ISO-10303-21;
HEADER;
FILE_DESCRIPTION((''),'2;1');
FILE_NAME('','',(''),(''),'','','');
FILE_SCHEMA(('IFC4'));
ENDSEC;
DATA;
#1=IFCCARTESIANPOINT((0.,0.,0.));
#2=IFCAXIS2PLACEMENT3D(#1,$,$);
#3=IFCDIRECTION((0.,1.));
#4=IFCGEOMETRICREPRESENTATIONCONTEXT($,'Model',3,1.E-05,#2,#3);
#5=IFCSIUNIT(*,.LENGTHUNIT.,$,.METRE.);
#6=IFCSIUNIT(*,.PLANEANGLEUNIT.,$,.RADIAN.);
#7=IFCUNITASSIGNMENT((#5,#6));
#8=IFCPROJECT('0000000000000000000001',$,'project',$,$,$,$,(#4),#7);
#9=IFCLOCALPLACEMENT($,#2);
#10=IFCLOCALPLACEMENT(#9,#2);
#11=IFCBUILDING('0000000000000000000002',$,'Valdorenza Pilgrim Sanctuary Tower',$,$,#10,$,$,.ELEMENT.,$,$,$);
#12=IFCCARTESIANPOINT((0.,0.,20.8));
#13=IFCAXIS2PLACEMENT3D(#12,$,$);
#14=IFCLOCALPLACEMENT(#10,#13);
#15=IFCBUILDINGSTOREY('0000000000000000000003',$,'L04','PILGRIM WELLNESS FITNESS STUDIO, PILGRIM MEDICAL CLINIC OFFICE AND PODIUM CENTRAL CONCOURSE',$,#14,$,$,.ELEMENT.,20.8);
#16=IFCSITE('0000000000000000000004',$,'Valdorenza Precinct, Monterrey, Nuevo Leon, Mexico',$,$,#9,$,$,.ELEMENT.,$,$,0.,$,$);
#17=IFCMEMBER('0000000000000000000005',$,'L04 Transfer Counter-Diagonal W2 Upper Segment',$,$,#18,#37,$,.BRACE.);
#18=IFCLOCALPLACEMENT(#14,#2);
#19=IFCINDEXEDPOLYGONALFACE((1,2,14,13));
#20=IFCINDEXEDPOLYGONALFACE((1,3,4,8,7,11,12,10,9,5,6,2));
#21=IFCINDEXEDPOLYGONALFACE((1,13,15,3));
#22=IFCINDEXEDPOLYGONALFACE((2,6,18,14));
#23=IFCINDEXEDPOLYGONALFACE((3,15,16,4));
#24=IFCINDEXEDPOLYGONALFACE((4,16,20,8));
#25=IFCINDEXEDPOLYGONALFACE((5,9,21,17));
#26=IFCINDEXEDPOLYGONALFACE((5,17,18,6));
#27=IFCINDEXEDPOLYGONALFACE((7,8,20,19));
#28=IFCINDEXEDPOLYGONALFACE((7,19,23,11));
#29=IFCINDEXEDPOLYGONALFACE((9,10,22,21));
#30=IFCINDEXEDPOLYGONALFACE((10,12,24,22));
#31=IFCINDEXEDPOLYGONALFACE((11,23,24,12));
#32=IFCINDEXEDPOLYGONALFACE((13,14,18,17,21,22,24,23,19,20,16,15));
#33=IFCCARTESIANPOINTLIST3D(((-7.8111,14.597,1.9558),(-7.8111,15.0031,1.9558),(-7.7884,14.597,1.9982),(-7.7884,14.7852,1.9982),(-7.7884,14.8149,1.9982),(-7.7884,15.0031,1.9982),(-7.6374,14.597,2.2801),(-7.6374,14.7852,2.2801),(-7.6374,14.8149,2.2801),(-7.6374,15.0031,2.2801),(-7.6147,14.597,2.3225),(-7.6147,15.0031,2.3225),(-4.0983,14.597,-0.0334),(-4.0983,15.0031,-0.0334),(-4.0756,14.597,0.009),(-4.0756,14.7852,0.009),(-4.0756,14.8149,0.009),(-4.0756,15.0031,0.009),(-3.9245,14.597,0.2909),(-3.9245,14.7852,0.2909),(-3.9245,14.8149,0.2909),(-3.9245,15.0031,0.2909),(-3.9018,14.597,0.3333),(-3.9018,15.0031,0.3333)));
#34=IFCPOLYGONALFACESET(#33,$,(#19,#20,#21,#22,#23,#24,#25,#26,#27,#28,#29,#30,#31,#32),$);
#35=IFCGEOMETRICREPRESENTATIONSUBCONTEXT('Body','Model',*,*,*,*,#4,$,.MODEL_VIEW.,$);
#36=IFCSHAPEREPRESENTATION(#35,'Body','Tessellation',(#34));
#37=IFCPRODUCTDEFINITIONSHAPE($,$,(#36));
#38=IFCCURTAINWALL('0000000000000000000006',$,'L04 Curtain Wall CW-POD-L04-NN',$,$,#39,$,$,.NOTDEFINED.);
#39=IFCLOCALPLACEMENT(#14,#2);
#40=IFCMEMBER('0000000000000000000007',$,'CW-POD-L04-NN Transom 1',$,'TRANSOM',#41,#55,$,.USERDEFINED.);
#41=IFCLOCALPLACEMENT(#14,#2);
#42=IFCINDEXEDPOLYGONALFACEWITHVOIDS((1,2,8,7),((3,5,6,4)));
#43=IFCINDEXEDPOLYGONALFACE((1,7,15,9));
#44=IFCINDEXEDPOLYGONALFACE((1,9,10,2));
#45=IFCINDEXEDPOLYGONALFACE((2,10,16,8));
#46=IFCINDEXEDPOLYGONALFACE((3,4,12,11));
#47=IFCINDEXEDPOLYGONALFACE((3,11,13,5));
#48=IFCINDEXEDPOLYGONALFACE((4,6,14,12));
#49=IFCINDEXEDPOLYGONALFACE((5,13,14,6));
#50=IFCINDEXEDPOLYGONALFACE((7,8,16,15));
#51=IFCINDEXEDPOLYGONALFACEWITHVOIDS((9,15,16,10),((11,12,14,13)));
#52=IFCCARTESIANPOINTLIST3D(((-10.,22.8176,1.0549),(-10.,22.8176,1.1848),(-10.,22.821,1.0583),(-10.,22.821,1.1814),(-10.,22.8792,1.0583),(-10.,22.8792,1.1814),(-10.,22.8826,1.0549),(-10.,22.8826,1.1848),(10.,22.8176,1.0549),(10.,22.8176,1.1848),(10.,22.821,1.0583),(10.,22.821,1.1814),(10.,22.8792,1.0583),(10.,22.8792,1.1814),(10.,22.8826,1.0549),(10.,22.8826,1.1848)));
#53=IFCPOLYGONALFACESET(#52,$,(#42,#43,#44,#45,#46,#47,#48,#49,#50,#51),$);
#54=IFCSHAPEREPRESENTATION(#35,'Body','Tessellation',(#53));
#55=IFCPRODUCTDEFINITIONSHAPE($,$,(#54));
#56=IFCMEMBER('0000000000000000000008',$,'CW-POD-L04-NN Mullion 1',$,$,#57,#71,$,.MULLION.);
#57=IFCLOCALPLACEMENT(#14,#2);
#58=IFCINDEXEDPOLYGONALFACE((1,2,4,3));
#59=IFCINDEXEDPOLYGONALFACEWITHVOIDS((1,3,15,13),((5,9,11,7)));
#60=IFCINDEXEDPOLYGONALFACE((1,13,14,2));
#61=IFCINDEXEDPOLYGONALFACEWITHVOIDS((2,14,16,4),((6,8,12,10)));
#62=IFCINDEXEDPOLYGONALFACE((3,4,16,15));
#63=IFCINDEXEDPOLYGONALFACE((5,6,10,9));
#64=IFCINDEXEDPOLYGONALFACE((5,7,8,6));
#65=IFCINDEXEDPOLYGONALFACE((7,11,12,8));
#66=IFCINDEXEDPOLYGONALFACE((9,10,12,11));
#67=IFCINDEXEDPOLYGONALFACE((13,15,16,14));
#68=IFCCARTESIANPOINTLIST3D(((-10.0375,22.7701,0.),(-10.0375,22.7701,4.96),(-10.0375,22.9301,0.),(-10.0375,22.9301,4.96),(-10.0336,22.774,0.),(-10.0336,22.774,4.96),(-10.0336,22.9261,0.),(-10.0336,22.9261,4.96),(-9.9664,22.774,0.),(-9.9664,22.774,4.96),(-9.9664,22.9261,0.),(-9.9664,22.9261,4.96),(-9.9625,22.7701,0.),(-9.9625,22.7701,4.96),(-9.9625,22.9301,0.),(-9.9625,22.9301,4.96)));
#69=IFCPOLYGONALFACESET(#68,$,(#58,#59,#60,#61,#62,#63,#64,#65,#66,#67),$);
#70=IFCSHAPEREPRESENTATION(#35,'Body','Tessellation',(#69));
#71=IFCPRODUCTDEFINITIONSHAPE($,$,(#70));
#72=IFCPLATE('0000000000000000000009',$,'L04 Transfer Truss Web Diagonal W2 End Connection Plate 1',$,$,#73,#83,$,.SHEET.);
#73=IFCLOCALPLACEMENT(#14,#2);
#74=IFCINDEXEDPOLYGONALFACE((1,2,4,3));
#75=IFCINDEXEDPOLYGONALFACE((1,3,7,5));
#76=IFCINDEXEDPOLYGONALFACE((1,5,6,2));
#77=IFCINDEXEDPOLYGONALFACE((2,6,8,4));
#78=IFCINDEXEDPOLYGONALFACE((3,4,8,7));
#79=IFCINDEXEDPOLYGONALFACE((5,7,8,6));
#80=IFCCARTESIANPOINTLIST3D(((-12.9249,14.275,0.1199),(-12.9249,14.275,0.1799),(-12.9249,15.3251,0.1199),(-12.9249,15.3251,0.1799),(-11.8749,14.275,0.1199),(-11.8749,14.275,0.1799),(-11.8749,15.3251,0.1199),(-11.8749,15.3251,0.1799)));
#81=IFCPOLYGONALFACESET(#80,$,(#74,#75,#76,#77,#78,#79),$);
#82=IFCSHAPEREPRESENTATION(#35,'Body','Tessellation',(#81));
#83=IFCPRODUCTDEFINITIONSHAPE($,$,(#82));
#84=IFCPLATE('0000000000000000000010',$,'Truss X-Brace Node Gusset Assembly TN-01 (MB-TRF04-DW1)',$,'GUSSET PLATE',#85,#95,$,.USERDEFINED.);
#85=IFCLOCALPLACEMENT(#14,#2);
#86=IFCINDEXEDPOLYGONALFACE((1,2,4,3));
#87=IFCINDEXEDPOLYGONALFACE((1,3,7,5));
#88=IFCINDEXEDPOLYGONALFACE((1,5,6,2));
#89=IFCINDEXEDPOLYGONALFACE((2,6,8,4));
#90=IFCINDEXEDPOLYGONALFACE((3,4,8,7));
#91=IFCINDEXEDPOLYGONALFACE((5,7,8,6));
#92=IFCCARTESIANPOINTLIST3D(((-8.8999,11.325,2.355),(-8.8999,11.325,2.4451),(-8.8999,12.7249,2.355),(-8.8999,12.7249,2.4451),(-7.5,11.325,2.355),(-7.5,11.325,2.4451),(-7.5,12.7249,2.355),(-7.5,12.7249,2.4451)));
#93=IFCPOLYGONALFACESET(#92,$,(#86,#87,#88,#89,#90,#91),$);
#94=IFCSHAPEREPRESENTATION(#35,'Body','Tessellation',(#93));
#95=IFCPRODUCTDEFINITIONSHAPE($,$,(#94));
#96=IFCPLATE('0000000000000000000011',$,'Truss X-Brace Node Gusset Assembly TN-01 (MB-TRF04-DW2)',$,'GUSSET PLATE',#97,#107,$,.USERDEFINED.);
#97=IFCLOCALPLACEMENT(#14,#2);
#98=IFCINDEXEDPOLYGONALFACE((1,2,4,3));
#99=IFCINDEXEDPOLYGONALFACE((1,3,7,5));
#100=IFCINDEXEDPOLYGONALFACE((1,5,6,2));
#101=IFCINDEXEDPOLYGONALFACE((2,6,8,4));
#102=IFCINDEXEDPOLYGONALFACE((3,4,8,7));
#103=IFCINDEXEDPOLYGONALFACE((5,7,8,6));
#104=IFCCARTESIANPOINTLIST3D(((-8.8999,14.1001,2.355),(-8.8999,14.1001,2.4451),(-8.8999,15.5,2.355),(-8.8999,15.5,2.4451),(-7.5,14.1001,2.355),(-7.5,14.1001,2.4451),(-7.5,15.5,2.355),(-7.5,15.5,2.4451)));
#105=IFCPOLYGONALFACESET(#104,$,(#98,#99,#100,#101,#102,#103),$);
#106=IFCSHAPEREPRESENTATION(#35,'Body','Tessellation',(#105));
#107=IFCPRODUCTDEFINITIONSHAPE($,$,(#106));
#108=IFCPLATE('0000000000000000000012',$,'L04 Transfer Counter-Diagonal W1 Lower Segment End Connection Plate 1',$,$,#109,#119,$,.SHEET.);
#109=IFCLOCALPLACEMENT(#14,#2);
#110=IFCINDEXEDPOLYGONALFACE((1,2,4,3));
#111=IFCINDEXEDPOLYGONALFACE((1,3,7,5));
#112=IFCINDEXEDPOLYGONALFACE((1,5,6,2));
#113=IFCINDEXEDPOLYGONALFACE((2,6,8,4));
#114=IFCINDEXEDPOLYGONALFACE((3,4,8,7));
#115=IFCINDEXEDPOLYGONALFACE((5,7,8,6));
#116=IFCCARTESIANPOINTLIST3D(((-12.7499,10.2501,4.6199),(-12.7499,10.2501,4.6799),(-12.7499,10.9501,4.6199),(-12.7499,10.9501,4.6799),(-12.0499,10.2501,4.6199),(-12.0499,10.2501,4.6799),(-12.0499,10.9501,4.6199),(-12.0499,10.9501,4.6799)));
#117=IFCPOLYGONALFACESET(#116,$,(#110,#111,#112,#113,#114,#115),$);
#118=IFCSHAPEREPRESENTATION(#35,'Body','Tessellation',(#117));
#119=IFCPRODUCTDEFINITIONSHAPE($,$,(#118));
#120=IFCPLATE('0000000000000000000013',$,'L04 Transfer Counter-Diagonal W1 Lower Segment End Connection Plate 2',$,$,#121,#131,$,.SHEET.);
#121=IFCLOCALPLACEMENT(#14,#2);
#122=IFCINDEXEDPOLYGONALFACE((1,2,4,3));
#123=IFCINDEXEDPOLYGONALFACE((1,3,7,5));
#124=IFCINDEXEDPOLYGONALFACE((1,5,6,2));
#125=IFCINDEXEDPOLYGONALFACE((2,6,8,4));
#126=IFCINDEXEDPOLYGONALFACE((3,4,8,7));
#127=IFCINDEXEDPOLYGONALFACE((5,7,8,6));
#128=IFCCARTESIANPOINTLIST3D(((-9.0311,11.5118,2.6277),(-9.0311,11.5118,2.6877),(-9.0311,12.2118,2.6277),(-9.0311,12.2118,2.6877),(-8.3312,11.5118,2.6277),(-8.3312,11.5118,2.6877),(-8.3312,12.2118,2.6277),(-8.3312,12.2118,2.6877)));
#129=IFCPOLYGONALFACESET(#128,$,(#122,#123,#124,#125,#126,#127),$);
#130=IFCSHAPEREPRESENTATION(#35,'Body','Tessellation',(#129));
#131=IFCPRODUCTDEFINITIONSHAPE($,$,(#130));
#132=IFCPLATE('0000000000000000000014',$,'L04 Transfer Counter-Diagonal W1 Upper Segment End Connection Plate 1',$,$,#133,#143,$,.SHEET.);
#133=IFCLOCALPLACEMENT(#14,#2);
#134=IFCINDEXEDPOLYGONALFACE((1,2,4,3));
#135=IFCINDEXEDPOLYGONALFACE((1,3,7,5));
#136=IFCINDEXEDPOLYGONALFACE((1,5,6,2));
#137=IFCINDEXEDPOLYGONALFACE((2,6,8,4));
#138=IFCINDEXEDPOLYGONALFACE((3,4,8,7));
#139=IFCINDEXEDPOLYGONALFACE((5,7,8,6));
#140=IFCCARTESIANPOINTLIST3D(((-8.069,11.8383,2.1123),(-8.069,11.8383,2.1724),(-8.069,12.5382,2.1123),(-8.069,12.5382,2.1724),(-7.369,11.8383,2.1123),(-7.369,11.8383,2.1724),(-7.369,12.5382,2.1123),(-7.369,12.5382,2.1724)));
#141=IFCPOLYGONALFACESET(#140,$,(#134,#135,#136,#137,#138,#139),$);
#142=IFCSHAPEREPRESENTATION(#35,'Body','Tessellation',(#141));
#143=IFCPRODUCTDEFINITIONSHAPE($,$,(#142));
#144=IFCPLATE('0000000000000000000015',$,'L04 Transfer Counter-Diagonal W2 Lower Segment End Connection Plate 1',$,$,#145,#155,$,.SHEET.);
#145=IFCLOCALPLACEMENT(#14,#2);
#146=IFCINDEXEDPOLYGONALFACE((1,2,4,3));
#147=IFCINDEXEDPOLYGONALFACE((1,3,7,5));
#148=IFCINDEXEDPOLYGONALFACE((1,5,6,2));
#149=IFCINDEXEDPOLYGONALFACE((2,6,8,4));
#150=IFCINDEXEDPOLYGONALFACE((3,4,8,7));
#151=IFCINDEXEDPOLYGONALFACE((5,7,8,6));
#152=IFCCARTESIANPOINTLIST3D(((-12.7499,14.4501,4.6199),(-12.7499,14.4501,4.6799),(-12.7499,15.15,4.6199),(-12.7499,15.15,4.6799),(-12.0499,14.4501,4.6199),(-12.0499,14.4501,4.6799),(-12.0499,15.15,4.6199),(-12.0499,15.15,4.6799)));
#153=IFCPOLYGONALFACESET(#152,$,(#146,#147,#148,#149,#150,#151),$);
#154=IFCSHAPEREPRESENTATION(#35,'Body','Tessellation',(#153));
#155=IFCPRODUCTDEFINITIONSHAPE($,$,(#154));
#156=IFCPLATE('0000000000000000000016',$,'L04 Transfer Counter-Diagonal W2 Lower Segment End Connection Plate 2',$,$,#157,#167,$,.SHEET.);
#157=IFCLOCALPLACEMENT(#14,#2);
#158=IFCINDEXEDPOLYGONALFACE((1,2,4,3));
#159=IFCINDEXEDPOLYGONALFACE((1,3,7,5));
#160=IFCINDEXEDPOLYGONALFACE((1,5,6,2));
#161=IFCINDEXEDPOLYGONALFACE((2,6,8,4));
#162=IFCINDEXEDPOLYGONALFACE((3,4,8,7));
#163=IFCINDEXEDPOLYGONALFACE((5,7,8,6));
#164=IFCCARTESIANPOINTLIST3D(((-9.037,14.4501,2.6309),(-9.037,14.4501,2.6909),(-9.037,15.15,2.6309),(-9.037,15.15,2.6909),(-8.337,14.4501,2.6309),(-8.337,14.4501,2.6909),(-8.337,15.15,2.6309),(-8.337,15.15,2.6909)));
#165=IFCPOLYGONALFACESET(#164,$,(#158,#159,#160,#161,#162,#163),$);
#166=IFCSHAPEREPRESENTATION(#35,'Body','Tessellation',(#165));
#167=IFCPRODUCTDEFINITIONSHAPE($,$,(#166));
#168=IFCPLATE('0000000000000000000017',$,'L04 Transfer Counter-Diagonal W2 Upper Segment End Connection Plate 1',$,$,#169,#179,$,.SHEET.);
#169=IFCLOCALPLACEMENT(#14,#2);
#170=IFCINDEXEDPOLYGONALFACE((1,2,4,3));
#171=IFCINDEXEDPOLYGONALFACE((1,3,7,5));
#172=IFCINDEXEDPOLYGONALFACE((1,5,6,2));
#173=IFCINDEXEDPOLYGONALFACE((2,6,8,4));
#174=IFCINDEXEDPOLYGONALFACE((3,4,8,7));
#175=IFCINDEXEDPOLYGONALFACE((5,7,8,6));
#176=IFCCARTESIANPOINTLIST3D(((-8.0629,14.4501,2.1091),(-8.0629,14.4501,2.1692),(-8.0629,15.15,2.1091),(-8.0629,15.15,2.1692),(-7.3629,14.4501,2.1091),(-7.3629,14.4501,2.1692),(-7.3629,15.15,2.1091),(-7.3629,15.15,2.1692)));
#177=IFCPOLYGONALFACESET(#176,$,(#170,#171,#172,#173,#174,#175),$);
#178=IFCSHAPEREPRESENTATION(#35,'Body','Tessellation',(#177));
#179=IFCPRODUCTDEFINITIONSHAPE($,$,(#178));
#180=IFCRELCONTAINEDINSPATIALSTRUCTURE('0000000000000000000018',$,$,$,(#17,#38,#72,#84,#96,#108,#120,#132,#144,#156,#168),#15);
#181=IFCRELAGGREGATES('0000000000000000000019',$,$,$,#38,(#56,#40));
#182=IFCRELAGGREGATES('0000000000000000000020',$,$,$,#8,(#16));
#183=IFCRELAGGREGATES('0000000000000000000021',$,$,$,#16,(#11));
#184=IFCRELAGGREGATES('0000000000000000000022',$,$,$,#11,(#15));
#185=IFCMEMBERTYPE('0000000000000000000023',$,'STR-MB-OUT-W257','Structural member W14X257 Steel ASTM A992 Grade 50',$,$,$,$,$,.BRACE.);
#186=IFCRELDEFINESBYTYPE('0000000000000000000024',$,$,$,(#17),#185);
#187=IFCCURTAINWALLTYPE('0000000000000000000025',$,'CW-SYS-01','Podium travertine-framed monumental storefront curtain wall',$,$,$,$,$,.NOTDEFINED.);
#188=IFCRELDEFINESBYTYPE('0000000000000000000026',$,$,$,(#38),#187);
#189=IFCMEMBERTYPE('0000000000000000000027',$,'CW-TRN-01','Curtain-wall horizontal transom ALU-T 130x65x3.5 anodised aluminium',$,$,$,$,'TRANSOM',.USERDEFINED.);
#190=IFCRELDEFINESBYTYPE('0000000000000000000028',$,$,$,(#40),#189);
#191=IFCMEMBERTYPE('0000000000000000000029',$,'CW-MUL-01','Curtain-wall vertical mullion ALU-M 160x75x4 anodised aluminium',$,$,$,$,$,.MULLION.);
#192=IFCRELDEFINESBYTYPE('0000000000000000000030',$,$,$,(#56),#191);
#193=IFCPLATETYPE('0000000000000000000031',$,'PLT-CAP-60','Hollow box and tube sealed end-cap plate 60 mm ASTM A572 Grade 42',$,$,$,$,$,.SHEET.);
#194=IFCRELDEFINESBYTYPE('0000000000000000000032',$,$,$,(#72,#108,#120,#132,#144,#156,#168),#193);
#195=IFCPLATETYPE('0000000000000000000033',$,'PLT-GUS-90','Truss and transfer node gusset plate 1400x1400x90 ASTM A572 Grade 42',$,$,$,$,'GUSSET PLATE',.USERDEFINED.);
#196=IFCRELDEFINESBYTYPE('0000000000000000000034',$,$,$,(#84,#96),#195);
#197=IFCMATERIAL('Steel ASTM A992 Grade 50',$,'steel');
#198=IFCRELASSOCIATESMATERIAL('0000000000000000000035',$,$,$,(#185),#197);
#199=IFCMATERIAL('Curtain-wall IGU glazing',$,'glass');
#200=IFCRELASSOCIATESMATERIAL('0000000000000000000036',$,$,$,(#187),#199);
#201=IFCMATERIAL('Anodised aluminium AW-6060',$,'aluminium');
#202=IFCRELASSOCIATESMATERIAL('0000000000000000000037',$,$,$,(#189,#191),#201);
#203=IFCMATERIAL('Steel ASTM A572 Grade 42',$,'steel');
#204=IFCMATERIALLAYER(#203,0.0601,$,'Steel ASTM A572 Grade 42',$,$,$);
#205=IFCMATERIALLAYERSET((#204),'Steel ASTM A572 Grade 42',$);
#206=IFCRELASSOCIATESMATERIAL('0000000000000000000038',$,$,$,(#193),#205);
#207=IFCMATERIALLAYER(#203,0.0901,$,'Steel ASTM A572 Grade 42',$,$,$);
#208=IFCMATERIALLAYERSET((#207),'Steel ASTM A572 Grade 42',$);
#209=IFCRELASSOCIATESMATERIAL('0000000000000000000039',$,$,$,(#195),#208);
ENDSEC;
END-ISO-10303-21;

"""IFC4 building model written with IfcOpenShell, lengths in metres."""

from ifc_helpers import new_model, si_unit, direction, frame, origin, origin_2d, place, context, subcontext, project, spatial, rectangle, hollow_rectangle, i_section, extrude, source, transform, mapped, material, layer, layer_set, material_profile, profile_set, type_object, element, aggregate, save


model = new_model("IFC4")

# Units and contexts
model_context = context("Model", 3, precision=1e-05, world=origin(), true_north=direction((0.0, 1.0)))
body_context = subcontext(model_context, "Body", "Model", "MODEL_VIEW")
ifc_project = project(units=[si_unit("LENGTHUNIT", "METRE"), si_unit("PLANEANGLEUNIT", "RADIAN")], contexts=[model_context])

# Site, building, storey
site_placement = place(None, origin())
site = spatial("IfcSite", under=ifc_project, at=site_placement, Name="Valdorenza Precinct, Monterrey, Nuevo Leon, Mexico", CompositionType="ELEMENT", RefElevation=0.0)
building_placement = place(site_placement, origin())
building = spatial("IfcBuilding", under=site, at=building_placement, Name="Valdorenza Pilgrim Sanctuary Tower", CompositionType="ELEMENT")
storey_placement = place(building_placement, frame((0.0, 0.0, 20.8)))
storey = spatial("IfcBuildingStorey", under=building, at=storey_placement, Name="L04", Description="PILGRIM WELLNESS FITNESS STUDIO, PILGRIM MEDICAL CLINIC OFFICE AND PODIUM CENTRAL CONCOURSE", CompositionType="ELEMENT", Elevation=20.8)

# Shared definitions
ifc_material_1 = material(Name="Steel ASTM A992 Grade 50", Category="steel")
ifc_material_2 = material(Name="Steel ASTM A572 Grade 42", Category="steel")

# Member
ifc_material_profile_1 = material_profile(ifc_material_1, i_section(OverallWidth=0.406, OverallDepth=0.416, WebThickness=0.0298, FlangeThickness=0.0481, at=origin_2d()), Name="W14X257")
ifc_profile_set_1 = profile_set([ifc_material_profile_1], Name="Steel ASTM A992 Grade 50")
member_type_1 = type_object("IfcMemberType", Name="STR-MB-OUT-W257", Description="Structural member W14X257 Steel ASTM A992 Grade 50", PredefinedType="BRACE", material=ifc_profile_set_1)
shared_shape_1 = source(origin(), body_context, "Body", "SweptSolid", [
    extrude(i_section(OverallWidth=0.406, OverallDepth=0.416, WebThickness=0.0298, FlangeThickness=0.0481, at=origin_2d()), origin(), (0.0, 0.0, 1.0), 4.2122),
])
for number, where, z_axis, x_axis, name in (
    (1, (-7.7129, 14.8, 2.1392), (0.881459, 0.0, -0.47226), (0.0, 1.0, 0.0), "L04 Transfer Counter-Diagonal W2 Upper Segment"),
):
    element("IfcMember", number, at=place(storey_placement, frame(where, z_axis=z_axis, x_axis=x_axis)), inside=storey, type_object=member_type_1, Name=name, PredefinedType="BRACE", context=body_context, shape_type="MappedRepresentation", body=[
        mapped(shared_shape_1, transform((0.0, 0.0, 0.0), x_axis=(1.0, 0.0, 0.0), y_axis=(0.0, 1.0, 0.0), z_axis=(0.0, 0.0, 1.0), scale=1.0)),
    ])

# Curtain wall, members
ifc_material_3 = material(Name="Curtain-wall IGU glazing", Category="glass")
curtain_wall_type = type_object("IfcCurtainWallType", Name="CW-SYS-01", Description="Podium travertine-framed monumental storefront curtain wall", PredefinedType="NOTDEFINED", material=ifc_material_3)
curtain_wall_placement = place(storey_placement, origin())
curtain_wall = element("IfcCurtainWall", 2, at=curtain_wall_placement, inside=storey, type_object=curtain_wall_type, Name="L04 Curtain Wall CW-POD-L04-NN", PredefinedType="NOTDEFINED")
ifc_material_4 = material(Name="Anodised aluminium AW-6060", Category="aluminium")
ifc_material_profile_2 = material_profile(ifc_material_4, hollow_rectangle(XDim=0.0649, YDim=0.1299, WallThickness=0.0034, at=origin_2d()), Name="ALU-T 130x65x3.5")
ifc_profile_set_2 = profile_set([ifc_material_profile_2], Name="Anodised aluminium AW-6060")
member_type_2 = type_object("IfcMemberType", Name="CW-TRN-01", Description="Curtain-wall horizontal transom ALU-T 130x65x3.5 anodised aluminium", ElementType="TRANSOM", PredefinedType="USERDEFINED", material=ifc_profile_set_2)
shared_shape_2 = source(origin(), body_context, "Body", "SweptSolid", [
    extrude(hollow_rectangle(XDim=0.0649, YDim=0.1299, WallThickness=0.0034, at=origin_2d()), origin(), (0.0, 0.0, 1.0), 20.0),
])
member_1_placement = place(storey_placement, frame((-10.0, 22.8501, 1.1199), z_axis=(1.0, 0.0, 0.0), x_axis=(0.0, 1.0, 0.0)))
member_1 = element("IfcMember", 3, at=member_1_placement, type_object=member_type_2, Name="CW-POD-L04-NN Transom 1", ObjectType="TRANSOM", PredefinedType="USERDEFINED", context=body_context, shape_type="MappedRepresentation", body=[
    mapped(shared_shape_2, transform((0.0, 0.0, 0.0), x_axis=(1.0, 0.0, 0.0), y_axis=(0.0, 1.0, 0.0), z_axis=(0.0, 0.0, 1.0), scale=1.0)),
])
ifc_material_profile_3 = material_profile(ifc_material_4, hollow_rectangle(XDim=0.075, YDim=0.1599, WallThickness=0.0039, at=origin_2d()), Name="ALU-M 160x75x4")
ifc_profile_set_3 = profile_set([ifc_material_profile_3], Name="Anodised aluminium AW-6060")
member_type_3 = type_object("IfcMemberType", Name="CW-MUL-01", Description="Curtain-wall vertical mullion ALU-M 160x75x4 anodised aluminium", PredefinedType="MULLION", material=ifc_profile_set_3)
shared_shape_3 = source(origin(), body_context, "Body", "SweptSolid", [
    extrude(hollow_rectangle(XDim=0.075, YDim=0.1599, WallThickness=0.0039, at=origin_2d()), origin(), (0.0, 0.0, 1.0), 4.96),
])
member_2_placement = place(storey_placement, frame((-10.0, 22.8501, 0.0), z_axis=(0.0, 0.0, 1.0), x_axis=(1.0, 0.0, 0.0)))
member_2 = element("IfcMember", 4, at=member_2_placement, type_object=member_type_3, Name="CW-POD-L04-NN Mullion 1", PredefinedType="MULLION", context=body_context, shape_type="MappedRepresentation", body=[
    mapped(shared_shape_3, transform((0.0, 0.0, 0.0), x_axis=(1.0, 0.0, 0.0), y_axis=(0.0, 1.0, 0.0), z_axis=(0.0, 0.0, 1.0), scale=1.0)),
])

# Plates
ifc_layer_1 = layer(ifc_material_2, 0.0601, Name="Steel ASTM A572 Grade 42")
ifc_layer_set_1 = layer_set([ifc_layer_1], Name="Steel ASTM A572 Grade 42")
plate_type_1 = type_object("IfcPlateType", Name="PLT-CAP-60", Description="Hollow box and tube sealed end-cap plate 60 mm ASTM A572 Grade 42", PredefinedType="SHEET", material=ifc_layer_set_1)
shared_shape_4 = source(origin(), body_context, "Body", "SweptSolid", [
    extrude(rectangle(XDim=1.05, YDim=1.05, at=origin_2d()), origin(), (0.0, 0.0, 1.0), 0.0601),
])
plate_1_placement = place(storey_placement, frame((-12.3999, 14.8, 0.1199), z_axis=(0.0, 0.0, 1.0), x_axis=(1.0, 0.0, 0.0)))
element("IfcPlate", 5, at=plate_1_placement, inside=storey, type_object=plate_type_1, Name="L04 Transfer Truss Web Diagonal W2 End Connection Plate 1", PredefinedType="SHEET", context=body_context, shape_type="MappedRepresentation", body=[
    mapped(shared_shape_4, transform((0.0, 0.0, 0.0), x_axis=(1.0, 0.0, 0.0), y_axis=(0.0, 1.0, 0.0), z_axis=(0.0, 0.0, 1.0), scale=1.0)),
])
ifc_layer_2 = layer(ifc_material_2, 0.0901, Name="Steel ASTM A572 Grade 42")
ifc_layer_set_2 = layer_set([ifc_layer_2], Name="Steel ASTM A572 Grade 42")
plate_type_2 = type_object("IfcPlateType", Name="PLT-GUS-90", Description="Truss and transfer node gusset plate 1400x1400x90 ASTM A572 Grade 42", ElementType="GUSSET PLATE", PredefinedType="USERDEFINED", material=ifc_layer_set_2)
shared_shape_5 = source(origin(), body_context, "Body", "SweptSolid", [
    extrude(rectangle(XDim=1.3999, YDim=1.3999, at=origin_2d()), origin(), (0.0, 0.0, 1.0), 0.0901),
])
for number, where, z_axis, x_axis, name in (
    (6, (-8.2, 12.0249, 2.355), (0.0, 0.0, 1.0), (1.0, 0.0, 0.0), "Truss X-Brace Node Gusset Assembly TN-01 (MB-TRF04-DW1)"),
    (7, (-8.2, 14.8, 2.355), (0.0, 0.0, 1.0), (1.0, 0.0, 0.0), "Truss X-Brace Node Gusset Assembly TN-01 (MB-TRF04-DW2)"),
):
    element("IfcPlate", number, at=place(storey_placement, frame(where, z_axis=z_axis, x_axis=x_axis)), inside=storey, type_object=plate_type_2, Name=name, ObjectType="GUSSET PLATE", PredefinedType="USERDEFINED", context=body_context, shape_type="MappedRepresentation", body=[
        mapped(shared_shape_5, transform((0.0, 0.0, 0.0), x_axis=(1.0, 0.0, 0.0), y_axis=(0.0, 1.0, 0.0), z_axis=(0.0, 0.0, 1.0), scale=1.0)),
    ])
shared_shape_6 = source(origin(), body_context, "Body", "SweptSolid", [
    extrude(rectangle(XDim=0.7, YDim=0.7, at=origin_2d()), origin(), (0.0, 0.0, 1.0), 0.0601),
])
for number, where, z_axis, x_axis, name in (
    (8, (-12.3999, 10.6001, 4.6199), (0.0, 0.0, 1.0), (1.0, 0.0, 0.0), "L04 Transfer Counter-Diagonal W1 Lower Segment End Connection Plate 1"),
    (9, (-8.6812, 11.8618, 2.6277), (0.0, 0.0, 1.0), (1.0, 0.0, 0.0), "L04 Transfer Counter-Diagonal W1 Lower Segment End Connection Plate 2"),
    (10, (-7.719, 12.1882, 2.1123), (0.0, 0.0, 1.0), (1.0, 0.0, 0.0), "L04 Transfer Counter-Diagonal W1 Upper Segment End Connection Plate 1"),
    (11, (-12.3999, 14.8, 4.6199), (0.0, 0.0, 1.0), (1.0, 0.0, 0.0), "L04 Transfer Counter-Diagonal W2 Lower Segment End Connection Plate 1"),
    (12, (-8.687, 14.8, 2.6309), (0.0, 0.0, 1.0), (1.0, 0.0, 0.0), "L04 Transfer Counter-Diagonal W2 Lower Segment End Connection Plate 2"),
    (13, (-7.7129, 14.8, 2.1091), (0.0, 0.0, 1.0), (1.0, 0.0, 0.0), "L04 Transfer Counter-Diagonal W2 Upper Segment End Connection Plate 1"),
):
    element("IfcPlate", number, at=place(storey_placement, frame(where, z_axis=z_axis, x_axis=x_axis)), inside=storey, type_object=plate_type_1, Name=name, PredefinedType="SHEET", context=body_context, shape_type="MappedRepresentation", body=[
        mapped(shared_shape_6, transform((0.0, 0.0, 0.0), x_axis=(1.0, 0.0, 0.0), y_axis=(0.0, 1.0, 0.0), z_axis=(0.0, 0.0, 1.0), scale=1.0)),
    ])

aggregate(curtain_wall, [member_2, member_1])

save(model, "model.ifc")
